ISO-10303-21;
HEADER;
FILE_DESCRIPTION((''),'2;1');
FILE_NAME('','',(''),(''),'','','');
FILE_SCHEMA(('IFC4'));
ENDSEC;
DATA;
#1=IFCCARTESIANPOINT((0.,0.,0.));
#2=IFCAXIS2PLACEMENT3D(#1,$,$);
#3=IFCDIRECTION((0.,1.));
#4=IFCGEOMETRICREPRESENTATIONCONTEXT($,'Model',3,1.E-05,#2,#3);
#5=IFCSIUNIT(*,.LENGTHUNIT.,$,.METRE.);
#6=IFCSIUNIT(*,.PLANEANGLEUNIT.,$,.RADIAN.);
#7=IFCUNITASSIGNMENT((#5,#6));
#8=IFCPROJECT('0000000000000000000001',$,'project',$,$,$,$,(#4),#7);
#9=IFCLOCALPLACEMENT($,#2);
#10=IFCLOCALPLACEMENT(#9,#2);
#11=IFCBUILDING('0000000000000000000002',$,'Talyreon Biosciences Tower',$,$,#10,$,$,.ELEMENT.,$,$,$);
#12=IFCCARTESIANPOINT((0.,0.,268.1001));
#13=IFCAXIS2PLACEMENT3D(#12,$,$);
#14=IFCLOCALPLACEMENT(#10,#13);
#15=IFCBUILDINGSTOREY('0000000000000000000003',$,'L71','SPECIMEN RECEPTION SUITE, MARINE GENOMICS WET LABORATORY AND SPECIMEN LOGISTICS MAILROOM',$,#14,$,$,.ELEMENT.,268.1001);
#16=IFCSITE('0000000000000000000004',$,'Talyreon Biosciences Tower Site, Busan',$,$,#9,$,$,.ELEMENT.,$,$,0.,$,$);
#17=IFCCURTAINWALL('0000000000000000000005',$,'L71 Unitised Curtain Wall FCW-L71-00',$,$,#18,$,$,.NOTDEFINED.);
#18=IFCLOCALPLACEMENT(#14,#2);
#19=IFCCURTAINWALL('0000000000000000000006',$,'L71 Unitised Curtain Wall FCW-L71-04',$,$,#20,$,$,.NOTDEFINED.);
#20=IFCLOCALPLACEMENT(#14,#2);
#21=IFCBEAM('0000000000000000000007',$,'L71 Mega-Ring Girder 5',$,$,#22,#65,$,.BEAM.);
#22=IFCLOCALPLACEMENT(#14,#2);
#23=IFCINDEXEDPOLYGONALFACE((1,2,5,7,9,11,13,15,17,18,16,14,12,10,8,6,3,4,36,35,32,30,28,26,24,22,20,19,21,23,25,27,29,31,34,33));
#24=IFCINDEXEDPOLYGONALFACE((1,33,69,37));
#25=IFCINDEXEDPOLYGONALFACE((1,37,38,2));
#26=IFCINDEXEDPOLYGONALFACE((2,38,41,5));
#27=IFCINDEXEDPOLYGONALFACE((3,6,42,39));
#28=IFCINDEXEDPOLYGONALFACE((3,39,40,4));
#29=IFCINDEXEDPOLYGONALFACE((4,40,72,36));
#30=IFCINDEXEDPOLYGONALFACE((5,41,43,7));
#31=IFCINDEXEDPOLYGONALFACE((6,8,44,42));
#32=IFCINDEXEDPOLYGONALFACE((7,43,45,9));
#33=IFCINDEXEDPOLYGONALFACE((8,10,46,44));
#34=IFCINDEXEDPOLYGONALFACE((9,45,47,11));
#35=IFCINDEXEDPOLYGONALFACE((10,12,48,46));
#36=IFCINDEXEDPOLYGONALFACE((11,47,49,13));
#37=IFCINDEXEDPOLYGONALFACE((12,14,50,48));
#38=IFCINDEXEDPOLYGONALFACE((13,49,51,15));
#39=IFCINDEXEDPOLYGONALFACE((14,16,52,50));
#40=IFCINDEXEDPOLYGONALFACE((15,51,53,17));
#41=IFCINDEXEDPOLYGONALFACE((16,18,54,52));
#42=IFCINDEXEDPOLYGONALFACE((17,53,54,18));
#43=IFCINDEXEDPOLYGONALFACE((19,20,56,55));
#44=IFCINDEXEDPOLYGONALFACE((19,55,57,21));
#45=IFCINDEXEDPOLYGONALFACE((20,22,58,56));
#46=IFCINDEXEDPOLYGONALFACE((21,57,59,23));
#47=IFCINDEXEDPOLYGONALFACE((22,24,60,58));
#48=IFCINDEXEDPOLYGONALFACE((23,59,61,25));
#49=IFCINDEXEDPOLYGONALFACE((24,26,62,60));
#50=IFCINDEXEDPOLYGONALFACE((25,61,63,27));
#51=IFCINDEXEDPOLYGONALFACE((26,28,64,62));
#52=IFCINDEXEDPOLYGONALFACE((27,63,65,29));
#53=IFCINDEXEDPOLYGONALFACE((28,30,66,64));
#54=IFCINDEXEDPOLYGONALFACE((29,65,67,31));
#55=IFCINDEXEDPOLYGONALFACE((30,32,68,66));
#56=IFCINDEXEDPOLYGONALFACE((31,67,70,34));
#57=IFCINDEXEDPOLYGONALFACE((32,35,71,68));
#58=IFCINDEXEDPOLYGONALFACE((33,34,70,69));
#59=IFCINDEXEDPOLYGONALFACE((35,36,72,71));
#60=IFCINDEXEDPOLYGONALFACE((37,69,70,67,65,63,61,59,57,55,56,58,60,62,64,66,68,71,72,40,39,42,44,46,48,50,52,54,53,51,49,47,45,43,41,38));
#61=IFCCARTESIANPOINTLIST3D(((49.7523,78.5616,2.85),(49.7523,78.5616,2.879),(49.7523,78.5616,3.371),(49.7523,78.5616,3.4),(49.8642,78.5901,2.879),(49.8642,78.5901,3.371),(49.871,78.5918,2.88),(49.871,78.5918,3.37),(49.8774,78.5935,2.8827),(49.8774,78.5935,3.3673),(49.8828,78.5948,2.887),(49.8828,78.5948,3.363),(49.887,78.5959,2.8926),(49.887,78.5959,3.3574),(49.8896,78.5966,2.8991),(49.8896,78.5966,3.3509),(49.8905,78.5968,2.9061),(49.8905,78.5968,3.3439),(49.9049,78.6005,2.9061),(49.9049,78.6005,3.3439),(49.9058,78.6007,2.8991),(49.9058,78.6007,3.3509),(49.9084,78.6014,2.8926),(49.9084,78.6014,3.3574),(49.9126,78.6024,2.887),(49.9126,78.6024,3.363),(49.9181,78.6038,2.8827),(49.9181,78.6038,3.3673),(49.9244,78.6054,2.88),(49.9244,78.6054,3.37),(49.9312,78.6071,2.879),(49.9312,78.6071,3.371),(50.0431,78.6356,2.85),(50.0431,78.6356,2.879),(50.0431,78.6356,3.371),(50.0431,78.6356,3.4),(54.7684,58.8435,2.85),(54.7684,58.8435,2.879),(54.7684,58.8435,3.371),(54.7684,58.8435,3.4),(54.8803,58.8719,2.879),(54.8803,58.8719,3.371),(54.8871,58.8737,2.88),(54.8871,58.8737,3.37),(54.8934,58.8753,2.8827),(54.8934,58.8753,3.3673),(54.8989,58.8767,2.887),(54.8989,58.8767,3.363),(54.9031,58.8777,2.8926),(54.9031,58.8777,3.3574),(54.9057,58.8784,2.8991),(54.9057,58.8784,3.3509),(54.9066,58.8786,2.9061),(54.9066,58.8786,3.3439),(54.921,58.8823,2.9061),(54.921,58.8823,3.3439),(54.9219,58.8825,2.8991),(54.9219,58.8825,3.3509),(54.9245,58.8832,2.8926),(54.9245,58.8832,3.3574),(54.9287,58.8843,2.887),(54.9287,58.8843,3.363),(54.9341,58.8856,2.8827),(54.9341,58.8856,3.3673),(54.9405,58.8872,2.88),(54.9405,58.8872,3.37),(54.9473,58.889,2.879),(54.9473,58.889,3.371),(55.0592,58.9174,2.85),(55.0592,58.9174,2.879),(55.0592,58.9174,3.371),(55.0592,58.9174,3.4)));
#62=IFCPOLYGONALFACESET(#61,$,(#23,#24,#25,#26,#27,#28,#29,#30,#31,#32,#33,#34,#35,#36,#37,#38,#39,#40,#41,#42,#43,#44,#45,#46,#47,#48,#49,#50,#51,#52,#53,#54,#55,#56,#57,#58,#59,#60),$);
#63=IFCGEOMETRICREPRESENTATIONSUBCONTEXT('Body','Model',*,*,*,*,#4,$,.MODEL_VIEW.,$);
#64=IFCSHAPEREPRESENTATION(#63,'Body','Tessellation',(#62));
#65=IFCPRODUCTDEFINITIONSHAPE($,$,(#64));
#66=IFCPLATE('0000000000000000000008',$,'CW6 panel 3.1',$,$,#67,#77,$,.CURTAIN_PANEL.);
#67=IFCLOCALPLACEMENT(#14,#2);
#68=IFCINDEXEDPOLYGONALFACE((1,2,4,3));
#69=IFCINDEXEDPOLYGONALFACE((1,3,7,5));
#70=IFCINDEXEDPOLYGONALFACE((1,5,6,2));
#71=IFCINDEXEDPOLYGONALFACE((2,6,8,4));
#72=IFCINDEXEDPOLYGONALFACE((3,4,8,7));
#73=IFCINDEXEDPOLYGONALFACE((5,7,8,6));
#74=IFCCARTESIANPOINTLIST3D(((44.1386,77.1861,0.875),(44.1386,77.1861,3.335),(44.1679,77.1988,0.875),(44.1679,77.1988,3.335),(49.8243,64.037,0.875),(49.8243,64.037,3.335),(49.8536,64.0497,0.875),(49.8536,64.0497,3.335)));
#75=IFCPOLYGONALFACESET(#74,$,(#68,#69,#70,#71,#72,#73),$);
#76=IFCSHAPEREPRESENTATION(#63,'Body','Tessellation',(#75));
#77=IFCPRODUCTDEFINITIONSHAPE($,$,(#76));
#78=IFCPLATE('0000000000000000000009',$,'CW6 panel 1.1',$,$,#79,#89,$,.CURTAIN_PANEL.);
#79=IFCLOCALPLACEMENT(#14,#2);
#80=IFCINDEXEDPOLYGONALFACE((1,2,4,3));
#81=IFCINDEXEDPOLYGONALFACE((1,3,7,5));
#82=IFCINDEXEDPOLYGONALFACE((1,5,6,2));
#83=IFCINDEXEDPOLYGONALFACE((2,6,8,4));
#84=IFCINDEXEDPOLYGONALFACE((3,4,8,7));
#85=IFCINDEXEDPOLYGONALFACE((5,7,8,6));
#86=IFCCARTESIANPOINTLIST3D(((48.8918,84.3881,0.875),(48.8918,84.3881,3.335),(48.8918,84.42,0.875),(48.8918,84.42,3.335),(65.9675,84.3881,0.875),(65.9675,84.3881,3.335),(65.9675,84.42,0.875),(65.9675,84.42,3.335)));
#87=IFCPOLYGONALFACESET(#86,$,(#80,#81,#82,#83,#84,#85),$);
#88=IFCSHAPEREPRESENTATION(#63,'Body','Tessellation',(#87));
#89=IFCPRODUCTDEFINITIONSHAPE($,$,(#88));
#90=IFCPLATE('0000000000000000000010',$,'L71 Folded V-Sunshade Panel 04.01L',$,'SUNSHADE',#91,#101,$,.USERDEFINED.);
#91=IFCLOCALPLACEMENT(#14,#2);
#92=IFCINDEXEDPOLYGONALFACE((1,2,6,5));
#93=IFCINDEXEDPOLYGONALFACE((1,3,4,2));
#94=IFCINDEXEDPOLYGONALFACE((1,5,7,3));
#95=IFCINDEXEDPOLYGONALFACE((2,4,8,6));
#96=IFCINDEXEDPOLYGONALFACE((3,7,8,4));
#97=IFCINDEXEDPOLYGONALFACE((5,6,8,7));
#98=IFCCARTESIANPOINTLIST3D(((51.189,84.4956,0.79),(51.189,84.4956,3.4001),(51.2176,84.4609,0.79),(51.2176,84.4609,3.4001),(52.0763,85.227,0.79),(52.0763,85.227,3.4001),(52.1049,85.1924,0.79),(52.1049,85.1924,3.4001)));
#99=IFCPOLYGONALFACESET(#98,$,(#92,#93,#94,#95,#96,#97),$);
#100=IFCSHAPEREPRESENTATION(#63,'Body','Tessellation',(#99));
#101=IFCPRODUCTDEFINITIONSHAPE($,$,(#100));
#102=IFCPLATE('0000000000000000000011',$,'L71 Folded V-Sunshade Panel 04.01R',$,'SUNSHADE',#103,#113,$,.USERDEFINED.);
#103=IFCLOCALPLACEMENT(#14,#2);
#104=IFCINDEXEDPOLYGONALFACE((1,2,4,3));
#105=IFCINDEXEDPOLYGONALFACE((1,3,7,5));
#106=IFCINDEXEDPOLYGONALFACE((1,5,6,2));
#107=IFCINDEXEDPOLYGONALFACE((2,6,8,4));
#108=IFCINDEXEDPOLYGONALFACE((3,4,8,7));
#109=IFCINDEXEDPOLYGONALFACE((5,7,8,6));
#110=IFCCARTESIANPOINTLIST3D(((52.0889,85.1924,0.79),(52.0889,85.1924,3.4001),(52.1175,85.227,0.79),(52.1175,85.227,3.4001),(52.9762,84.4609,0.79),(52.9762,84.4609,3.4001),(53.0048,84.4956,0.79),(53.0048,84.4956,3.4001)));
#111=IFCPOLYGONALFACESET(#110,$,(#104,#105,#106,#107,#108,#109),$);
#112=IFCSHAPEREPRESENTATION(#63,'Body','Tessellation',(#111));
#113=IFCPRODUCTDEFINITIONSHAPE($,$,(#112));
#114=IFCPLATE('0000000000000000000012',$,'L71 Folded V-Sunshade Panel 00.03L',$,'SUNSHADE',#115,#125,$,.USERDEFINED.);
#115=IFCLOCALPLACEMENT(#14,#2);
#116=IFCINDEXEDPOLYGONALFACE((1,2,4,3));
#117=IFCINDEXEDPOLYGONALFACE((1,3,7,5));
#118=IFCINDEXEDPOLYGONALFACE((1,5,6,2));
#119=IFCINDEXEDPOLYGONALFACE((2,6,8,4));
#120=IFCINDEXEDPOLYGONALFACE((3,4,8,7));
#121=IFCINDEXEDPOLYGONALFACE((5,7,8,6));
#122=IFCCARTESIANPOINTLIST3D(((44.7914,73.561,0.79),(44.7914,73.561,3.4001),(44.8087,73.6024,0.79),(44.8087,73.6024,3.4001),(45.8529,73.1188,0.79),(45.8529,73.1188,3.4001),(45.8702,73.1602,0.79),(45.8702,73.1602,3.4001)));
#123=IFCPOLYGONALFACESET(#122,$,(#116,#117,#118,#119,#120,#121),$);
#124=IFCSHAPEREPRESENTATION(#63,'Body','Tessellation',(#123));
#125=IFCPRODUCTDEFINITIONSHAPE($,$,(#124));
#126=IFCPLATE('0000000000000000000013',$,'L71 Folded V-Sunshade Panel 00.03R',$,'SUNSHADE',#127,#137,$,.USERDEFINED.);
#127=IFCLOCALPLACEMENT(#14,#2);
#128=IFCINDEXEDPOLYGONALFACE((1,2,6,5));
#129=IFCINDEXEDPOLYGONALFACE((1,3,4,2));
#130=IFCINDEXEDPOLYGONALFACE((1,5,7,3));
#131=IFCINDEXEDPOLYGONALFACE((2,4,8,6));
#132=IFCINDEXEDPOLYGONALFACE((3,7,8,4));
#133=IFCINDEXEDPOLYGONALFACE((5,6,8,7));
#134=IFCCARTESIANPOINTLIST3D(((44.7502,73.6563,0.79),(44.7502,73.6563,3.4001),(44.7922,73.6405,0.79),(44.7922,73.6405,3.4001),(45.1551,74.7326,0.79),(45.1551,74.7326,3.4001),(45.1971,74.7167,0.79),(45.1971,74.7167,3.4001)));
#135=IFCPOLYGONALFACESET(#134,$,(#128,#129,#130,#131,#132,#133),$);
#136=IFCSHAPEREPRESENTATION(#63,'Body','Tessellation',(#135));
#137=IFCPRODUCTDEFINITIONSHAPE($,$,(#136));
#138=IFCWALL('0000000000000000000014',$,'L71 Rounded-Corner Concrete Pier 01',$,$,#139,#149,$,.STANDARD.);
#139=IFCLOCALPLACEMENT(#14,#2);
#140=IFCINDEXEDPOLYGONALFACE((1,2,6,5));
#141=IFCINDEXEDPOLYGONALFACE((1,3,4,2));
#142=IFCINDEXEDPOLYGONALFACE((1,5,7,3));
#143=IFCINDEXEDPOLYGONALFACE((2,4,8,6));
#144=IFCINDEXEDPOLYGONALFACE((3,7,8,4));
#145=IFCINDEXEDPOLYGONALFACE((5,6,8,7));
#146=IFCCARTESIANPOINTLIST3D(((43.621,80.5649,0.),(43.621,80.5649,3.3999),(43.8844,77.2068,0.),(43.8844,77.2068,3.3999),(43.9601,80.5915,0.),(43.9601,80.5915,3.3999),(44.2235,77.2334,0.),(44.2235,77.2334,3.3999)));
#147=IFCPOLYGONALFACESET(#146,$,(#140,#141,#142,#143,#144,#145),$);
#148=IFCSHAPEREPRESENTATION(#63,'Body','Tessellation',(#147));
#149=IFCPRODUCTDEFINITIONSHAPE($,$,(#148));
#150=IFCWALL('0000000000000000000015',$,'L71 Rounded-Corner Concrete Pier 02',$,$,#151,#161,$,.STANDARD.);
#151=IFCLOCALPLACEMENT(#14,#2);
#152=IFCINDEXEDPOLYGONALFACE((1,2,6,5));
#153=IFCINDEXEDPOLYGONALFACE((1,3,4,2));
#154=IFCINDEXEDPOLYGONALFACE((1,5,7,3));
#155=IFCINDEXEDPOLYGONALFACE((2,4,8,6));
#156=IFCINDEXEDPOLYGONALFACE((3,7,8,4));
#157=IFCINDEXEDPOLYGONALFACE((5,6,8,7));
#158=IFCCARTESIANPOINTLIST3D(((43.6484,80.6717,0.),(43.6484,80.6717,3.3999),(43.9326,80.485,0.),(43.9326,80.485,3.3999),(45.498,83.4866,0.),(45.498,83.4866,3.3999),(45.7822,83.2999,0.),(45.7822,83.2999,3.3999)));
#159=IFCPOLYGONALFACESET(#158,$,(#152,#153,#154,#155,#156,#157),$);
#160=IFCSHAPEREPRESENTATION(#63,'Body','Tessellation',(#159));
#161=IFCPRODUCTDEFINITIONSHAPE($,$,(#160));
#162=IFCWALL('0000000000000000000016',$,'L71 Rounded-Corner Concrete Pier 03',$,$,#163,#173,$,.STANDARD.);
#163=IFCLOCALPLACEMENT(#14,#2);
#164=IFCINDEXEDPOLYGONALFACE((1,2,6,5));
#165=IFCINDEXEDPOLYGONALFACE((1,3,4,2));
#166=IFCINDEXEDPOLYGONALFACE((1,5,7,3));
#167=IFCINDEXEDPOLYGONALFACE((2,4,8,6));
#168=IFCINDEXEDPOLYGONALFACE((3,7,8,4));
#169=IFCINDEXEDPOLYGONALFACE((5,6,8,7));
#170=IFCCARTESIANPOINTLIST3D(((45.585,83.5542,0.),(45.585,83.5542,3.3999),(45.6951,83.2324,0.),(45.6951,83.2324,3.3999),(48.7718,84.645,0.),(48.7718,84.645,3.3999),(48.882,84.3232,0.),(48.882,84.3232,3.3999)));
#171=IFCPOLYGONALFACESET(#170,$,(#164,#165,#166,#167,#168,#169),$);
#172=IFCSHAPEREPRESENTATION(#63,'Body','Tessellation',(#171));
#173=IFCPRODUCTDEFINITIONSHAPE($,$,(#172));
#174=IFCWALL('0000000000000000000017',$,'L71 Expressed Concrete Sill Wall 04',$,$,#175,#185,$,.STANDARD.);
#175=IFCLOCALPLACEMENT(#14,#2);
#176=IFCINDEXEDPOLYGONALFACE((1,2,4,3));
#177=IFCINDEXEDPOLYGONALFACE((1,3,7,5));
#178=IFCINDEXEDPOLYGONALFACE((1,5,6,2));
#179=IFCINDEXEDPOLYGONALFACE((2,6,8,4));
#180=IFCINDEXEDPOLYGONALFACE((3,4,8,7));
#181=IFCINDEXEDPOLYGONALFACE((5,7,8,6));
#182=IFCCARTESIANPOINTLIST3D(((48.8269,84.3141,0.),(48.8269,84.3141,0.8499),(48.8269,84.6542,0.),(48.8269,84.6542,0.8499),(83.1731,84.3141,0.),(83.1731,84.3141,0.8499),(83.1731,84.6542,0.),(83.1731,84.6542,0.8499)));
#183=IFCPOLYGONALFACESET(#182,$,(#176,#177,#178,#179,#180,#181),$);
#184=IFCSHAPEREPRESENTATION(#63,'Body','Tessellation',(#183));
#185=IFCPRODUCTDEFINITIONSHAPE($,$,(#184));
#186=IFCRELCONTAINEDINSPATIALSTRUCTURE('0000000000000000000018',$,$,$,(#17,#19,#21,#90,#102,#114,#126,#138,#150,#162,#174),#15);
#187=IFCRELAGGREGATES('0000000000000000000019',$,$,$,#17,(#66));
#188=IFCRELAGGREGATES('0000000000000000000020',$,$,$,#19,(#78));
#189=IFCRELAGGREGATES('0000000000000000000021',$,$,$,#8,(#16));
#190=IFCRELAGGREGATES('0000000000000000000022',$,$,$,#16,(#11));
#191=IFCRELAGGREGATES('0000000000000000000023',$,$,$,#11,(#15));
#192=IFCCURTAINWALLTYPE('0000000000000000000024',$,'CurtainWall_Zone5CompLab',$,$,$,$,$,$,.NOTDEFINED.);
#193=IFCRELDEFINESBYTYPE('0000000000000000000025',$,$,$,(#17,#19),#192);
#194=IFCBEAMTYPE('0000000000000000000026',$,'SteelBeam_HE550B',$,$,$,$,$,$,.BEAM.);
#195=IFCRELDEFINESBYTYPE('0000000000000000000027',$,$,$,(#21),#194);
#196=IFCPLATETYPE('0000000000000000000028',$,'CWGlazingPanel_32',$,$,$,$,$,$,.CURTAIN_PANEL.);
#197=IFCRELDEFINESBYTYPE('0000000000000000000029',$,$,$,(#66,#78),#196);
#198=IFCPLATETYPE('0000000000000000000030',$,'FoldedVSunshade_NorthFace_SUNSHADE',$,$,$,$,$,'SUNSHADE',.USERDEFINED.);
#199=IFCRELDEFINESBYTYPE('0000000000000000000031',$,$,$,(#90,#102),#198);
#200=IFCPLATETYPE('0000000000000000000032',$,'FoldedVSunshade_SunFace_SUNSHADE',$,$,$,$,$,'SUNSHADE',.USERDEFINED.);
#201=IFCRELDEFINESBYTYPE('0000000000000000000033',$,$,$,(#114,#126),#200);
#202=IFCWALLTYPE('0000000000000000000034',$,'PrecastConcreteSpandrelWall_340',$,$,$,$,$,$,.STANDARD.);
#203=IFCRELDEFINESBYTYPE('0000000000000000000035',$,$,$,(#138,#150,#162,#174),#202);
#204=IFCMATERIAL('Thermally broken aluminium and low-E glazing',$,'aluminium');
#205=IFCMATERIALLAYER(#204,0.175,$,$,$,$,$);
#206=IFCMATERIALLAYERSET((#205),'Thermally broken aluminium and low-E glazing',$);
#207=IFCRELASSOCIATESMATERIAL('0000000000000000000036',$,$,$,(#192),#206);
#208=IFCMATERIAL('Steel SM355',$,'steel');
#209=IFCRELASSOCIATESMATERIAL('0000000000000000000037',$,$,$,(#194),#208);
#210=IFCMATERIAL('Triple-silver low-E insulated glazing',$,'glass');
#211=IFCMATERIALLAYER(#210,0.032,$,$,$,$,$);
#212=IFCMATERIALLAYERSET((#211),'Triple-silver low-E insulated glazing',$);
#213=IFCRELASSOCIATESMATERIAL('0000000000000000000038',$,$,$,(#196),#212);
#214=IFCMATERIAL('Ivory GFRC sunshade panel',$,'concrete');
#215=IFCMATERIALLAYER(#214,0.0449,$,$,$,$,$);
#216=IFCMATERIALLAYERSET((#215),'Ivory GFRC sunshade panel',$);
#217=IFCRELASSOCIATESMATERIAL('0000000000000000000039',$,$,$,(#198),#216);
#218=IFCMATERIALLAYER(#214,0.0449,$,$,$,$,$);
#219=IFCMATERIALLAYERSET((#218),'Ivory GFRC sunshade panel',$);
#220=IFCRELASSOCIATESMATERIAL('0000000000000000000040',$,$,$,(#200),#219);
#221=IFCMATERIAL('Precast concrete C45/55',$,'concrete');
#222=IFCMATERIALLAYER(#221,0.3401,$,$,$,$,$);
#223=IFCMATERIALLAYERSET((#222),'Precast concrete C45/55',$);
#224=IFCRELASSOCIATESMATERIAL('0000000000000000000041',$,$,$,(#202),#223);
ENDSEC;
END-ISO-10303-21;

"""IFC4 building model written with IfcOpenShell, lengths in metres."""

from ifc_helpers import new_model, si_unit, direction, frame, frame_2d, origin, origin_2d, place, context, subcontext, project, spatial, rectangle, i_section, extrude, material, layer, layer_set, material_profile, profile_set, type_object, element, aggregate, save


model = new_model("IFC4")

# Units and contexts
model_context = context("Model", 3, precision=1e-05, world=origin(), true_north=direction((0.0, 1.0)))
body_context = subcontext(model_context, "Body", "Model", "MODEL_VIEW")
ifc_project = project(units=[si_unit("LENGTHUNIT", "METRE"), si_unit("PLANEANGLEUNIT", "RADIAN")], contexts=[model_context])

# Site, building, storey
site_placement = place(None, origin())
site = spatial("IfcSite", under=ifc_project, at=site_placement, Name="Talyreon Biosciences Tower Site, Busan", CompositionType="ELEMENT", RefElevation=0.0)
building_placement = place(site_placement, origin())
building = spatial("IfcBuilding", under=site, at=building_placement, Name="Talyreon Biosciences Tower", CompositionType="ELEMENT")
storey_placement = place(building_placement, frame((0.0, 0.0, 268.1001)))
storey = spatial("IfcBuildingStorey", under=building, at=storey_placement, Name="L71", Description="SPECIMEN RECEPTION SUITE, MARINE GENOMICS WET LABORATORY AND SPECIMEN LOGISTICS MAILROOM", CompositionType="ELEMENT", Elevation=268.1001)

# Curtain walls
ifc_material_1 = material(Name="Thermally broken aluminium and low-E glazing", Category="aluminium")
ifc_layer_1 = layer(ifc_material_1, 0.175)
ifc_layer_set_1 = layer_set([ifc_layer_1], Name="Thermally broken aluminium and low-E glazing")
curtain_wall_type = type_object("IfcCurtainWallType", Name="CurtainWall_Zone5CompLab", PredefinedType="NOTDEFINED", material=ifc_layer_set_1)
curtain_wall_1_placement = place(storey_placement, origin())
curtain_wall_1 = element("IfcCurtainWall", 1, at=curtain_wall_1_placement, inside=storey, type_object=curtain_wall_type, Name="L71 Unitised Curtain Wall FCW-L71-00", PredefinedType="NOTDEFINED")
curtain_wall_2_placement = place(storey_placement, origin())
curtain_wall_2 = element("IfcCurtainWall", 2, at=curtain_wall_2_placement, inside=storey, type_object=curtain_wall_type, Name="L71 Unitised Curtain Wall FCW-L71-04", PredefinedType="NOTDEFINED")

# Beam
ifc_material_2 = material(Name="Precast concrete C45/55", Category="concrete")
ifc_material_3 = material(Name="Steel SM355", Category="steel")
ifc_material_profile_1 = material_profile(ifc_material_3, i_section(OverallWidth=0.3, OverallDepth=0.55, WebThickness=0.0149, FlangeThickness=0.0291, FilletRadius=0.0271, at=origin_2d()), Name="HE550B")
ifc_profile_set_1 = profile_set([ifc_material_profile_1], Name="Steel SM355")
beam_type_1 = type_object("IfcBeamType", Name="SteelBeam_HE550B", PredefinedType="BEAM", material=ifc_profile_set_1)
beam_1_placement = place(storey_placement, frame((49.8977, 78.5986, 3.125), z_axis=(0.246537, -0.969133, 0.0), x_axis=(0.969133, 0.246537, 0.0)))
element("IfcBeam", 3, at=beam_1_placement, inside=storey, type_object=beam_type_1, Name="L71 Mega-Ring Girder 5", PredefinedType="BEAM", context=body_context, shape_type="SweptSolid", body=[
    extrude(i_section(OverallWidth=0.3, OverallDepth=0.55, WebThickness=0.0149, FlangeThickness=0.0291, FilletRadius=0.0271, at=origin_2d()), origin(), (0.0, 0.0, 1.0), 20.3462),
])

# Plates
ifc_material_4 = material(Name="Triple-silver low-E insulated glazing", Category="glass")
ifc_layer_2 = layer(ifc_material_4, 0.032)
ifc_layer_set_2 = layer_set([ifc_layer_2], Name="Triple-silver low-E insulated glazing")
plate_type_1 = type_object("IfcPlateType", Name="CWGlazingPanel_32", PredefinedType="CURTAIN_PANEL", material=ifc_layer_set_2)
plate_1_placement = place(storey_placement, frame((46.9961, 70.6179, 0.875), z_axis=(0.0, 0.0, 1.0), x_axis=(-0.396887, 0.917868, 0.0)))
plate_1 = element("IfcPlate", 4, at=plate_1_placement, type_object=plate_type_1, Name="CW6 panel 3.1", PredefinedType="CURTAIN_PANEL", context=body_context, shape_type="SweptSolid", body=[
    extrude(rectangle(XDim=14.3257, YDim=0.032, at=origin_2d()), origin(), (0.0, 0.0, 1.0), 2.46),
])
aggregate(curtain_wall_1, [plate_1])
plate_2_placement = place(storey_placement, frame((57.4297, 84.4041, 0.875), z_axis=(0.0, 0.0, 1.0), x_axis=(1.0, 0.0, 0.0)))
plate_2 = element("IfcPlate", 5, at=plate_2_placement, type_object=plate_type_1, Name="CW6 panel 1.1", PredefinedType="CURTAIN_PANEL", context=body_context, shape_type="SweptSolid", body=[
    extrude(rectangle(XDim=17.0757, YDim=0.032, at=origin_2d()), origin(), (0.0, 0.0, 1.0), 2.46),
])
aggregate(curtain_wall_2, [plate_2])

# Plates
ifc_material_5 = material(Name="Ivory GFRC sunshade panel", Category="concrete")
ifc_layer_3 = layer(ifc_material_5, 0.0449)
ifc_layer_set_3 = layer_set([ifc_layer_3], Name="Ivory GFRC sunshade panel")
plate_type_2 = type_object("IfcPlateType", Name="FoldedVSunshade_NorthFace_SUNSHADE", ElementType="SUNSHADE", PredefinedType="USERDEFINED", material=ifc_layer_set_3)
for number, where, z_axis, x_axis, name in (
    (6, (51.647, 84.844, 0.79), (0.0, 0.0, 1.0), (0.771625, 0.636078, 0.0), "L71 Folded V-Sunshade Panel 04.01L"),
    (7, (52.5469, 84.844, 0.79), (0.0, 0.0, 1.0), (0.771625, -0.636078, 0.0), "L71 Folded V-Sunshade Panel 04.01R"),
):
    element("IfcPlate", number, at=place(storey_placement, frame(where, z_axis=z_axis, x_axis=x_axis)), inside=storey, type_object=plate_type_2, Name=name, ObjectType="SUNSHADE", PredefinedType="USERDEFINED", context=body_context, shape_type="SweptSolid", body=[
        extrude(rectangle(XDim=1.1499, YDim=0.0449, at=origin_2d()), origin(), (0.0, 0.0, 1.0), 2.6101),
    ])
ifc_layer_4 = layer(ifc_material_5, 0.0449)
ifc_layer_set_4 = layer_set([ifc_layer_4], Name="Ivory GFRC sunshade panel")
plate_type_3 = type_object("IfcPlateType", Name="FoldedVSunshade_SunFace_SUNSHADE", ElementType="SUNSHADE", PredefinedType="USERDEFINED", material=ifc_layer_set_4)
for number, where, z_axis, x_axis, name in (
    (8, (45.3308, 73.3606, 0.79), (0.0, 0.0, 1.0), (-0.923103, 0.384553, 0.0), "L71 Folded V-Sunshade Panel 00.03L"),
    (9, (44.9736, 74.1865, 0.79), (0.0, 0.0, 1.0), (0.352103, 0.935961, 0.0), "L71 Folded V-Sunshade Panel 00.03R"),
):
    element("IfcPlate", number, at=place(storey_placement, frame(where, z_axis=z_axis, x_axis=x_axis)), inside=storey, type_object=plate_type_3, Name=name, ObjectType="SUNSHADE", PredefinedType="USERDEFINED", context=body_context, shape_type="SweptSolid", body=[
        extrude(rectangle(XDim=1.1499, YDim=0.0449, at=origin_2d()), origin(), (0.0, 0.0, 1.0), 2.6101),
    ])

# Walls
ifc_layer_5 = layer(ifc_material_2, 0.3401)
ifc_layer_set_5 = layer_set([ifc_layer_5], Name="Precast concrete C45/55")
wall_type = type_object("IfcWallType", Name="PrecastConcreteSpandrelWall_340", PredefinedType="STANDARD", material=ifc_layer_set_5)
wall_1_placement = place(storey_placement, frame((44.054, 77.2202, 0.0), z_axis=(0.0, 0.0, 1.0), x_axis=(-0.078204, 0.996937, 0.0)))
element("IfcWall", 10, at=wall_1_placement, inside=storey, type_object=wall_type, Name="L71 Rounded-Corner Concrete Pier 01", PredefinedType="STANDARD", context=body_context, shape_type="SweptSolid", body=[
    extrude(rectangle(XDim=3.3684, YDim=0.3401, at=frame_2d((1.6841, 0.0))), origin(), (0.0, 0.0, 1.0), 3.3999),
])
wall_2_placement = place(storey_placement, frame((43.7905, 80.5784, 0.0), z_axis=(0.0, 0.0, 1.0), x_axis=(0.549134, 0.835734, 0.0)))
element("IfcWall", 11, at=wall_2_placement, inside=storey, type_object=wall_type, Name="L71 Rounded-Corner Concrete Pier 02", PredefinedType="STANDARD", context=body_context, shape_type="SweptSolid", body=[
    extrude(rectangle(XDim=3.3682, YDim=0.3401, at=frame_2d((1.6841, 0.0))), origin(), (0.0, 0.0, 1.0), 3.3999),
])
wall_3_placement = place(storey_placement, frame((45.6401, 83.3933, 0.0), z_axis=(0.0, 0.0, 1.0), x_axis=(0.946108, 0.32385, 0.0)))
element("IfcWall", 12, at=wall_3_placement, inside=storey, type_object=wall_type, Name="L71 Rounded-Corner Concrete Pier 03", PredefinedType="STANDARD", context=body_context, shape_type="SweptSolid", body=[
    extrude(rectangle(XDim=3.3684, YDim=0.3401, at=frame_2d((1.6841, 0.0))), origin(), (0.0, 0.0, 1.0), 3.3999),
])
wall_4_placement = place(storey_placement, frame((48.8269, 84.4841, 0.0), z_axis=(0.0, 0.0, 1.0), x_axis=(1.0, 0.0, 0.0)))
element("IfcWall", 13, at=wall_4_placement, inside=storey, type_object=wall_type, Name="L71 Expressed Concrete Sill Wall 04", PredefinedType="STANDARD", context=body_context, shape_type="SweptSolid", body=[
    extrude(rectangle(XDim=34.3462, YDim=0.3401, at=frame_2d((17.1731, 0.0))), origin(), (0.0, 0.0, 1.0), 0.8499),
])

save(model, "model.ifc")
